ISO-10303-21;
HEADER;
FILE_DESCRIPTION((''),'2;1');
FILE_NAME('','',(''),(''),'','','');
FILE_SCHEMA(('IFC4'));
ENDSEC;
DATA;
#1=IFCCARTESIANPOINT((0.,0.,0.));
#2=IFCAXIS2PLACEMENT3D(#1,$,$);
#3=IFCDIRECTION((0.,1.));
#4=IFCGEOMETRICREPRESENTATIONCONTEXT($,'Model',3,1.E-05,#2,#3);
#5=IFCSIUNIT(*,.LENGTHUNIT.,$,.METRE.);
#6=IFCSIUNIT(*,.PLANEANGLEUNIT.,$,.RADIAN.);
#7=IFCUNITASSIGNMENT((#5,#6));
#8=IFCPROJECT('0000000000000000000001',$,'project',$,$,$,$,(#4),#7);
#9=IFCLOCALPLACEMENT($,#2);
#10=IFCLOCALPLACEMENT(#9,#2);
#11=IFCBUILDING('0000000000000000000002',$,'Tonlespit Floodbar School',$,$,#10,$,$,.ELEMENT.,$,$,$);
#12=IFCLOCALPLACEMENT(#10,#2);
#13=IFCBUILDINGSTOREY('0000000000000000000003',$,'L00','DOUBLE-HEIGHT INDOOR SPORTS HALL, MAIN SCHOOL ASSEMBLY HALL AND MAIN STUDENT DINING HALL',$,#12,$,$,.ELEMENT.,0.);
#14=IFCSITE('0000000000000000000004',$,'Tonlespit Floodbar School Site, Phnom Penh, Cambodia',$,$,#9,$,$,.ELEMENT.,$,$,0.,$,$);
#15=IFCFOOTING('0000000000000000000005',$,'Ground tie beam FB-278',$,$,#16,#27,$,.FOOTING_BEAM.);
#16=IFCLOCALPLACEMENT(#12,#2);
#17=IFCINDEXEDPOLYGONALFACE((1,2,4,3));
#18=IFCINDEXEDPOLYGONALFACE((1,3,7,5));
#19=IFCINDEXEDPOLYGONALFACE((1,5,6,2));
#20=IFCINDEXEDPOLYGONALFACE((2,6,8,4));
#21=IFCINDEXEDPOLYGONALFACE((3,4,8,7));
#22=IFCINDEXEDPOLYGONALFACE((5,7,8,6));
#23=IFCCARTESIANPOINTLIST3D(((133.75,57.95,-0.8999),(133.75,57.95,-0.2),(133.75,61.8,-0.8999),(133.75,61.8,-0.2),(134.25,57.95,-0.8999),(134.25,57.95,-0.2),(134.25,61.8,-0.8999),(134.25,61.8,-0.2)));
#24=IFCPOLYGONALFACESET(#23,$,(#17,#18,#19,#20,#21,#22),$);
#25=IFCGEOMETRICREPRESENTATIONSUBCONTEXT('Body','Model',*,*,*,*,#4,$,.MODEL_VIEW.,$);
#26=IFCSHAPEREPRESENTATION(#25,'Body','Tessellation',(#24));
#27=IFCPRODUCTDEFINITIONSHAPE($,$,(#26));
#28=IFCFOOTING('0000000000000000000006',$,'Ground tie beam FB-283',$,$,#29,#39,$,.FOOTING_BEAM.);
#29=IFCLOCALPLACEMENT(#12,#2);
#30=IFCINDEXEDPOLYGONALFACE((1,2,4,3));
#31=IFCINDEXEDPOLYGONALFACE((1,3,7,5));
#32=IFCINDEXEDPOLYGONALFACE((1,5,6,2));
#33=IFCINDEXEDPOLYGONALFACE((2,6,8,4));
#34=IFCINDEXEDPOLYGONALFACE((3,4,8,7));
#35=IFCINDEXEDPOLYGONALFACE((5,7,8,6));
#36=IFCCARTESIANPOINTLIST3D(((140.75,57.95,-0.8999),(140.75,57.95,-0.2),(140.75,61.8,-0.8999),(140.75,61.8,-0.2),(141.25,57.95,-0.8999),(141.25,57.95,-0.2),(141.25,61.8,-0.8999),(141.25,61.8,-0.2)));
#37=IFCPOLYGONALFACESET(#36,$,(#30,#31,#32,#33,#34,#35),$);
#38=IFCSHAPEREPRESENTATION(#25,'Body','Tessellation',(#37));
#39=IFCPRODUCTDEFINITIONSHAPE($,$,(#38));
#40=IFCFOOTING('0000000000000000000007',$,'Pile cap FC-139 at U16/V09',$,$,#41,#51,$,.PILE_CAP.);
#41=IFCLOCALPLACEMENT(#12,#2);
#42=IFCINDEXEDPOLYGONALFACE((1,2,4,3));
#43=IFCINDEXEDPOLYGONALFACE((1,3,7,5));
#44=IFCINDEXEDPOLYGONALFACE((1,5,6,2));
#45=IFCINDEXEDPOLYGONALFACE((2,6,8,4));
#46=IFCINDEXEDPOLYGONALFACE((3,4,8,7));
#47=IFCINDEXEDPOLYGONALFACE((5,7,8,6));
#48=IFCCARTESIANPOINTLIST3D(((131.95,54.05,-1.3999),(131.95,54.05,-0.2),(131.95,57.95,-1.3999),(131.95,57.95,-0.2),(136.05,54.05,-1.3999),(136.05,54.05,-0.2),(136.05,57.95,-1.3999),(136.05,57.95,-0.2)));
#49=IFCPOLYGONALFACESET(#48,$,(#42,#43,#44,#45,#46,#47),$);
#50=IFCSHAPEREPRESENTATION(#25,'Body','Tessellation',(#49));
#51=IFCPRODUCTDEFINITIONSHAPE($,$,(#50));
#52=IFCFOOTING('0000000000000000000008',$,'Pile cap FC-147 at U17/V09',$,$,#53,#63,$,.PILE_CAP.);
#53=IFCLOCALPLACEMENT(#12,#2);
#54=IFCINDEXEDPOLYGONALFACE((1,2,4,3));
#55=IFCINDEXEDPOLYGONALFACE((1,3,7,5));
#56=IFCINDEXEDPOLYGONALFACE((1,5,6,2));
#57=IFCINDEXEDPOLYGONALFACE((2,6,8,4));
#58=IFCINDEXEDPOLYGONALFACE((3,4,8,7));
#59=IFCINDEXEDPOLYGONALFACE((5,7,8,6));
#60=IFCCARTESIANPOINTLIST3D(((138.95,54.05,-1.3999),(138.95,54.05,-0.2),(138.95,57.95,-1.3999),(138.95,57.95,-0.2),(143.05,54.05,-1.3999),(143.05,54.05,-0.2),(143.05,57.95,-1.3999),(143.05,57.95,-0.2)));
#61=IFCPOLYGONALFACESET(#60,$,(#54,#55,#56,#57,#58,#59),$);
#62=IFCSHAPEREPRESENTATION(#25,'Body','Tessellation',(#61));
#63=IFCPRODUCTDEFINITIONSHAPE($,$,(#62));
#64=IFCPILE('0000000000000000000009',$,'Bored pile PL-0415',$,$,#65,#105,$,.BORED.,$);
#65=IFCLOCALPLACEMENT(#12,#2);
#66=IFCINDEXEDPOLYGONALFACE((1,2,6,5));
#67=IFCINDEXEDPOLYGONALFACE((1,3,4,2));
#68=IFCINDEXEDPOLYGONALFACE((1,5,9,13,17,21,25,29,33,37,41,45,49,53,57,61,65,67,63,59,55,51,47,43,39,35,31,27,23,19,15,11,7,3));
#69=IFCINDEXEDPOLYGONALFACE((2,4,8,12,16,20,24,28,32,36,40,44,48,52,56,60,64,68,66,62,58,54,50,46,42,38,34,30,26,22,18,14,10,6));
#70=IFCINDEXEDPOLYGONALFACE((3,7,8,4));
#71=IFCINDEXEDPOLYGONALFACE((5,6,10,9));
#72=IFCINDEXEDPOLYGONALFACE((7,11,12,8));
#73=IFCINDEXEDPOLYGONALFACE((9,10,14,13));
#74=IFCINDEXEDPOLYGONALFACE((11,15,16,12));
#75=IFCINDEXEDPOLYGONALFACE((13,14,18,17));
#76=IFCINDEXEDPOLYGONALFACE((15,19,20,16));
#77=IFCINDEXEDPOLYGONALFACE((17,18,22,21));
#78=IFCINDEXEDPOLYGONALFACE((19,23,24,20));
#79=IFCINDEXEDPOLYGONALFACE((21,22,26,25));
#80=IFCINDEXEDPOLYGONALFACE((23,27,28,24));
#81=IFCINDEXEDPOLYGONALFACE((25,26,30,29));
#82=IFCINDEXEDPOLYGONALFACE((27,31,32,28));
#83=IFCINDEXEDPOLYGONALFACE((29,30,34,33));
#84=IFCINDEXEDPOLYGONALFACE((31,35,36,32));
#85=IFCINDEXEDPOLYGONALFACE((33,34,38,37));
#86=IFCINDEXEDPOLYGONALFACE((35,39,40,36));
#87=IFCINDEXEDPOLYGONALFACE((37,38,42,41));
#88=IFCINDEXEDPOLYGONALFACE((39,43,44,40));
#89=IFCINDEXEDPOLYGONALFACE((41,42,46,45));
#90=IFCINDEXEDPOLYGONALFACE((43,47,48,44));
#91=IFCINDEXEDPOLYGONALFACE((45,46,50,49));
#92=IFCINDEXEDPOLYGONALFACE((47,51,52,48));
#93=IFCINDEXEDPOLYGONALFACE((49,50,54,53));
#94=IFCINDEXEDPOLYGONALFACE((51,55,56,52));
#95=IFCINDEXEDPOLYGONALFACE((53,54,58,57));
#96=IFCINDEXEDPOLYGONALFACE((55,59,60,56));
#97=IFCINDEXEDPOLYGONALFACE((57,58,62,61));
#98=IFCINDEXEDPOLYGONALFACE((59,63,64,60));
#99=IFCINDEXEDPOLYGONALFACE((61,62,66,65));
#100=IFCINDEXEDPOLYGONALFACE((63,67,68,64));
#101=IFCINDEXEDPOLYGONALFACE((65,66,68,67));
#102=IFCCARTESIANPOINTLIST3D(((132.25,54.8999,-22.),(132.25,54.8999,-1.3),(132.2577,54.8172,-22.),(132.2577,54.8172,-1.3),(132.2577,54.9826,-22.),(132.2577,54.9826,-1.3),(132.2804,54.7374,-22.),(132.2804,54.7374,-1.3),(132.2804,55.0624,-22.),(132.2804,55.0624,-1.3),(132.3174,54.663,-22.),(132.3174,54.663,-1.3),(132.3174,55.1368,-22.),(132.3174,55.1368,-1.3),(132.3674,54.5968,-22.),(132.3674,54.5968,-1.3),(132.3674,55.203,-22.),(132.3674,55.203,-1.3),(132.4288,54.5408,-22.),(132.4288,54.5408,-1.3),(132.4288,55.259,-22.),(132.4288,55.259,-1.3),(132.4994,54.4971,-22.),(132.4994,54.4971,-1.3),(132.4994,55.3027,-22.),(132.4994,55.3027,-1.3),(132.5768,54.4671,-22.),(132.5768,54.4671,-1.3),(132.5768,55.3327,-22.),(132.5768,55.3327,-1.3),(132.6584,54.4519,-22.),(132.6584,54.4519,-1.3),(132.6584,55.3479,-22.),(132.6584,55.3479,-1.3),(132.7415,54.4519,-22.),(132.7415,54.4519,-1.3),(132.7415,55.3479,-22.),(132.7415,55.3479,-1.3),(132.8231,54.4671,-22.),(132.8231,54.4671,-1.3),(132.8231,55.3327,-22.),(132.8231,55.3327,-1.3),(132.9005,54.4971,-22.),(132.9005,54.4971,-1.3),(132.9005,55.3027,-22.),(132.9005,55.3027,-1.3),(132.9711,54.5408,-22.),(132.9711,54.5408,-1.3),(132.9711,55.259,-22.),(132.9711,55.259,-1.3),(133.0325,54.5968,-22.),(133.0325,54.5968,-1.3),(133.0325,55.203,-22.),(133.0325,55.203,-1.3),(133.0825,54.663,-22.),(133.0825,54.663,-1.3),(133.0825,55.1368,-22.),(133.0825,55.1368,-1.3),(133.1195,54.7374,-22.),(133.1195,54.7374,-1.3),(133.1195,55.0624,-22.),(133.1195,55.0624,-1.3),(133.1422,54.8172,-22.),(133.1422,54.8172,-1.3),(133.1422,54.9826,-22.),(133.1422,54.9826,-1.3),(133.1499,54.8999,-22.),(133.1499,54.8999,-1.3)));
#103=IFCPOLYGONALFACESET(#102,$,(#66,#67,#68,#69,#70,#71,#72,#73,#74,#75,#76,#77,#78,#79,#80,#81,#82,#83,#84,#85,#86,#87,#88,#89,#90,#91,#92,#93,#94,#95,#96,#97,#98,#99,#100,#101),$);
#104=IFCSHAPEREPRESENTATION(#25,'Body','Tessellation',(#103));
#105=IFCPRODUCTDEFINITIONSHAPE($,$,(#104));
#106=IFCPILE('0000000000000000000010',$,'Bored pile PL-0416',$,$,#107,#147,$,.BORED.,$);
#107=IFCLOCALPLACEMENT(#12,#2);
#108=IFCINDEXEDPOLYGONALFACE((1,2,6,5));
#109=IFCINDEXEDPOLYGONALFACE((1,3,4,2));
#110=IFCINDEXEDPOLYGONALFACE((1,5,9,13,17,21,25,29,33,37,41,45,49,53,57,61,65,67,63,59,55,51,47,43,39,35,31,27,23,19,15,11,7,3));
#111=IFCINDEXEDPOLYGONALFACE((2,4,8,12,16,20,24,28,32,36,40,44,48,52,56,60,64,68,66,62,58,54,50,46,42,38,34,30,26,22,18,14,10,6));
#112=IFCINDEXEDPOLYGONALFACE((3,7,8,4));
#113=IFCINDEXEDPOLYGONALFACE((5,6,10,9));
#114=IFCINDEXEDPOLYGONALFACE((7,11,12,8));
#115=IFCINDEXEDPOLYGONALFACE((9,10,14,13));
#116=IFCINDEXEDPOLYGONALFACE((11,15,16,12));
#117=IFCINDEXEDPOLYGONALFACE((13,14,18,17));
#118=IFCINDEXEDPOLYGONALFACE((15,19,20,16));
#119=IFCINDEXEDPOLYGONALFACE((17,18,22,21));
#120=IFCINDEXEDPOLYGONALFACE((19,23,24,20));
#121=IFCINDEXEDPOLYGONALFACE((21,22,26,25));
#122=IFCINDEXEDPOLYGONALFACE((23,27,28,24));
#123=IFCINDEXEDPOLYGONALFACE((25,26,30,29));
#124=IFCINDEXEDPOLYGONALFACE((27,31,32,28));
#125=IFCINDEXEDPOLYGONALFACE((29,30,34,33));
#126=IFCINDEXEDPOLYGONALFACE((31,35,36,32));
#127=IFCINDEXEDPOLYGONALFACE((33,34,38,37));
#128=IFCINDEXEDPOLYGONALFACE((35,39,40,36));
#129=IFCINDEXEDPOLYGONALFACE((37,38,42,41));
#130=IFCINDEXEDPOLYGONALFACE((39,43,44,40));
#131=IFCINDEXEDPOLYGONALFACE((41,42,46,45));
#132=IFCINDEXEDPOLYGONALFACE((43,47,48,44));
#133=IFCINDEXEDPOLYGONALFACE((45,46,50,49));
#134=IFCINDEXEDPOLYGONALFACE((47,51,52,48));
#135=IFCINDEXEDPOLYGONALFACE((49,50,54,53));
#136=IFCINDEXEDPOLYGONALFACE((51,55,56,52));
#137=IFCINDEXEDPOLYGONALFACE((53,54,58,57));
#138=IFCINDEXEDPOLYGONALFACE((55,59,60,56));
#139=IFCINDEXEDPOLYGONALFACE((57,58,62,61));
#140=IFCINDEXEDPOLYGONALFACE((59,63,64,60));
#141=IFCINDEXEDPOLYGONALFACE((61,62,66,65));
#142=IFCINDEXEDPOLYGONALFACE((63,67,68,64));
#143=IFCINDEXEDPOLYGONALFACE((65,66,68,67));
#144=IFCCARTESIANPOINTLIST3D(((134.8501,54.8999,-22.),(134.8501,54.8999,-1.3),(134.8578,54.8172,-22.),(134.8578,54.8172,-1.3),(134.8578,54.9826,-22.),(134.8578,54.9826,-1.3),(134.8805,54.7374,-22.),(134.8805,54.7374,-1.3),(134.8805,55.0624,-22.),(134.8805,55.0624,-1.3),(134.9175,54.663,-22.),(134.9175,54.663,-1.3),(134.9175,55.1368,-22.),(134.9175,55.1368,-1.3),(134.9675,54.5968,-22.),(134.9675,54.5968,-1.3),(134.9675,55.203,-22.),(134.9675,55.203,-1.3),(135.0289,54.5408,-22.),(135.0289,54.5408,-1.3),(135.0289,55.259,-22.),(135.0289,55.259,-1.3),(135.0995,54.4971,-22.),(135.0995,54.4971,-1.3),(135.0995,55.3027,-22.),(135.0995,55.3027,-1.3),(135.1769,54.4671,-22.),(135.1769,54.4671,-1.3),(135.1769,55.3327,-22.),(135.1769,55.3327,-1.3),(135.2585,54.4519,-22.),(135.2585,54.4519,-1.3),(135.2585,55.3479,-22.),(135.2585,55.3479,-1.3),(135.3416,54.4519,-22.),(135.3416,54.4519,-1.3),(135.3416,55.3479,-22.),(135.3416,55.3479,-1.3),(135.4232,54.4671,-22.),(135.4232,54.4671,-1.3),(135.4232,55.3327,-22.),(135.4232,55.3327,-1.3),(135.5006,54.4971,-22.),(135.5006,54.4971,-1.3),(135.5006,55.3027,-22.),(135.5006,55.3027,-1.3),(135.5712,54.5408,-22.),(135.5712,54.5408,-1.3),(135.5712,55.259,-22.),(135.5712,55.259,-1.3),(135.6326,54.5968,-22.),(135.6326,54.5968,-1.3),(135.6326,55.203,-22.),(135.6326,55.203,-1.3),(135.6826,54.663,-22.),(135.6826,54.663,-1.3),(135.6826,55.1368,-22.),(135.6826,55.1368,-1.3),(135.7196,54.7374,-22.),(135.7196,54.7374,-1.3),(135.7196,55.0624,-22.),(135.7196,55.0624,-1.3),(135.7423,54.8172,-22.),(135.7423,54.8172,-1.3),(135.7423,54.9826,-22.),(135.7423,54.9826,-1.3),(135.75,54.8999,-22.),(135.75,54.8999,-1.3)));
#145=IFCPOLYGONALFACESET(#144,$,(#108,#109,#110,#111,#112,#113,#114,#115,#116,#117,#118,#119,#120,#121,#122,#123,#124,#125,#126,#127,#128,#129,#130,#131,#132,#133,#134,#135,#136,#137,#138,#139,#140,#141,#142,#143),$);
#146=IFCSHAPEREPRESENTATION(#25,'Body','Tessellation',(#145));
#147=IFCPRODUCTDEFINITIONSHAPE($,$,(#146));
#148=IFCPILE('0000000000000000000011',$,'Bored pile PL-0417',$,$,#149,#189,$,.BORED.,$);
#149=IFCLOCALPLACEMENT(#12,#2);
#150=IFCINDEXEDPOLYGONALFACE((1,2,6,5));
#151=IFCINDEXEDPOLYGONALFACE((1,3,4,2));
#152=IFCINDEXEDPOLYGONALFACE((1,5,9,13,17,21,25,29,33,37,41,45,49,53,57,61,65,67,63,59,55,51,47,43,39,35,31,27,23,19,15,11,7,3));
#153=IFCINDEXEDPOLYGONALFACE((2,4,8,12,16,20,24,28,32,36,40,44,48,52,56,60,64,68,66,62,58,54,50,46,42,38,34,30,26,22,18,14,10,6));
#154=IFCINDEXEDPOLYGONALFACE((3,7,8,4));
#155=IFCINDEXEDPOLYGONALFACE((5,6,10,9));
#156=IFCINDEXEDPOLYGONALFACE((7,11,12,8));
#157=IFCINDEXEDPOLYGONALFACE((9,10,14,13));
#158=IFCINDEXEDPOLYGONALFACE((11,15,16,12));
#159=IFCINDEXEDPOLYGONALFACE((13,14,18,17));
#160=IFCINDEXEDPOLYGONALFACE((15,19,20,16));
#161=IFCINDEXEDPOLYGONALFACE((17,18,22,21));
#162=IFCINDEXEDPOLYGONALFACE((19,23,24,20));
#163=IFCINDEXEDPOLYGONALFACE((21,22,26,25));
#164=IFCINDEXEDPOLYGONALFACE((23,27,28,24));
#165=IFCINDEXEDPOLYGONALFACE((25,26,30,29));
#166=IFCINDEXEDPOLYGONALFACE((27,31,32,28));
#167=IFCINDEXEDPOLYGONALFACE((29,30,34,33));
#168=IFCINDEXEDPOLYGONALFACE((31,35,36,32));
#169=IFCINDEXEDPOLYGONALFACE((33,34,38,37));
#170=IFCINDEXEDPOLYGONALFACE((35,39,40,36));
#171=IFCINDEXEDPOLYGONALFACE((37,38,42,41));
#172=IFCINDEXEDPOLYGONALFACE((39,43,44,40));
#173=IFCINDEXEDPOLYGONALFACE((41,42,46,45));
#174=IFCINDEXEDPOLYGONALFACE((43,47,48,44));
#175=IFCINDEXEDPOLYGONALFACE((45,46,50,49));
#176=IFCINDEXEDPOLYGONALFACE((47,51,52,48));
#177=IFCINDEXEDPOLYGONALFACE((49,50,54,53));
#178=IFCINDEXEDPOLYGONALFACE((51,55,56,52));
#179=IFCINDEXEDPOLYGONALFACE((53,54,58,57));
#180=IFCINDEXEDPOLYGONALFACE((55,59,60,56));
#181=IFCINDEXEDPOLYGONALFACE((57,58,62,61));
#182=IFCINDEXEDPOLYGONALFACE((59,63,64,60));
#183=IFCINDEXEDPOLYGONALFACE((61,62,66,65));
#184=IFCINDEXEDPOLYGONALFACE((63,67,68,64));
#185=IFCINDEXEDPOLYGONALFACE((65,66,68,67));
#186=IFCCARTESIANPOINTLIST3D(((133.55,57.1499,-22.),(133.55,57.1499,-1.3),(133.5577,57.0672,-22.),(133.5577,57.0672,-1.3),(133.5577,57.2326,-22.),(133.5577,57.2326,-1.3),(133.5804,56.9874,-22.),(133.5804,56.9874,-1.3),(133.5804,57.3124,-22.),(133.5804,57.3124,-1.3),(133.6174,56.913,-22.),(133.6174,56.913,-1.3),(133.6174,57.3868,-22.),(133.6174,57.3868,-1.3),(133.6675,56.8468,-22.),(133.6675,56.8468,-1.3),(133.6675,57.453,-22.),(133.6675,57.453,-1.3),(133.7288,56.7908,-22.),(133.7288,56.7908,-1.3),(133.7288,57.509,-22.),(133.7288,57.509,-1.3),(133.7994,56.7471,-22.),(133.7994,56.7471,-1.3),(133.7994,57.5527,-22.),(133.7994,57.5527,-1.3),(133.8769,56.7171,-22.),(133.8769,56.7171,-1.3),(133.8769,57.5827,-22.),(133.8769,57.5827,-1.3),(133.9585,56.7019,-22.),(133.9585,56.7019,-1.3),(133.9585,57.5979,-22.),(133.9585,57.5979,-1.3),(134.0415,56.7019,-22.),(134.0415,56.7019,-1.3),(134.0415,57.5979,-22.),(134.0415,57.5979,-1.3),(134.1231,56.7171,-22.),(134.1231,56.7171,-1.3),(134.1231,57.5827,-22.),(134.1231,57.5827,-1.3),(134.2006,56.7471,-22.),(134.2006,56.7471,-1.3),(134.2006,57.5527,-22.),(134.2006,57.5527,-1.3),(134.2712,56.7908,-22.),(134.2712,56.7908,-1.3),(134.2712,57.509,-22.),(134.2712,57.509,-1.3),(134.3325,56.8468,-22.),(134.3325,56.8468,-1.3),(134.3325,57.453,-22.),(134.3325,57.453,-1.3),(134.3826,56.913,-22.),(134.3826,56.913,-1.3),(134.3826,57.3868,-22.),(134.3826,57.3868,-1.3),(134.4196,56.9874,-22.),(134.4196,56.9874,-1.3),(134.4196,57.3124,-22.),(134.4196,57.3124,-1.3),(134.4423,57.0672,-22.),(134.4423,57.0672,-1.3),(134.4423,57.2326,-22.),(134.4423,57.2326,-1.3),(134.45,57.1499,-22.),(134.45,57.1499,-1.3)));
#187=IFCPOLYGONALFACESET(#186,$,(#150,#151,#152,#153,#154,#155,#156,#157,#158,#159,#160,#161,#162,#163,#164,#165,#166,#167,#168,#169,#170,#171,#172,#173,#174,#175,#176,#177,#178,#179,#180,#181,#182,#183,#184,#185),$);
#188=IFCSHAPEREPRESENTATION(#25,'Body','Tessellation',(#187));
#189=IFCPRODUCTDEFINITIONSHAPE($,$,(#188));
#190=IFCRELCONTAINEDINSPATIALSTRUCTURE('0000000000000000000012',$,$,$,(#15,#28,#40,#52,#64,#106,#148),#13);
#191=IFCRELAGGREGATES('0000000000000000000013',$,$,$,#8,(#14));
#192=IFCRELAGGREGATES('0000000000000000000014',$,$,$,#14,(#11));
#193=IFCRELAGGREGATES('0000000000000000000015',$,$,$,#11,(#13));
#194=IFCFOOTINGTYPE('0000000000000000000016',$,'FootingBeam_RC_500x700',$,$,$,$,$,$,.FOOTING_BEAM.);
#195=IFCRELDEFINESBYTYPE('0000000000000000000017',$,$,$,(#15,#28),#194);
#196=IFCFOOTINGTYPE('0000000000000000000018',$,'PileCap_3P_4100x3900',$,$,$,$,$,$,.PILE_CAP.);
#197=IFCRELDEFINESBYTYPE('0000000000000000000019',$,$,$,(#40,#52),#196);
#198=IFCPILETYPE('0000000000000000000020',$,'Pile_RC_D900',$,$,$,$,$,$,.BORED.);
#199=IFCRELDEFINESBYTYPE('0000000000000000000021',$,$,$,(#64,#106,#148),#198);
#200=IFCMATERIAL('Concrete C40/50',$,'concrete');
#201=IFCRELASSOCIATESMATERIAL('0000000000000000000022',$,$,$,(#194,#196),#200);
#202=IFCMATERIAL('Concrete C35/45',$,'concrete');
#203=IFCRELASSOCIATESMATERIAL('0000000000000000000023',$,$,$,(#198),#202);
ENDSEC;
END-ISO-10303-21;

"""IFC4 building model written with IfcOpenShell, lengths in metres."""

from ifc_helpers import new_model, si_unit, direction, frame, origin, origin_2d, place, context, subcontext, project, spatial, rectangle, circle, extrude, material, material_profile, profile_set, type_object, element, save


model = new_model("IFC4")

# Units and contexts
model_context = context("Model", 3, precision=1e-05, world=origin(), true_north=direction((0.0, 1.0)))
body_context = subcontext(model_context, "Body", "Model", "MODEL_VIEW")
ifc_project = project(units=[si_unit("LENGTHUNIT", "METRE"), si_unit("PLANEANGLEUNIT", "RADIAN")], contexts=[model_context])

# Site, building, storey
site_placement = place(None, origin())
site = spatial("IfcSite", under=ifc_project, at=site_placement, Name="Tonlespit Floodbar School Site, Phnom Penh, Cambodia", CompositionType="ELEMENT", RefElevation=0.0)
building_placement = place(site_placement, origin())
building = spatial("IfcBuilding", under=site, at=building_placement, Name="Tonlespit Floodbar School", CompositionType="ELEMENT")
storey_placement = place(building_placement, origin())
storey = spatial("IfcBuildingStorey", under=building, at=storey_placement, Name="L00", Description="DOUBLE-HEIGHT INDOOR SPORTS HALL, MAIN SCHOOL ASSEMBLY HALL AND MAIN STUDENT DINING HALL", CompositionType="ELEMENT", Elevation=0.0)

# Footings
ifc_material_1 = material(Name="Concrete C40/50", Category="concrete")
footing_type_1 = type_object("IfcFootingType", Name="FootingBeam_RC_500x700", PredefinedType="FOOTING_BEAM", material=ifc_material_1)
for number, where, z_axis, x_axis, name in (
    (1, (134.0, 59.875, -0.8999), (0.0, 0.0, 1.0), (0.0, 1.0, 0.0), "Ground tie beam FB-278"),
    (2, (141.0, 59.875, -0.8999), (0.0, 0.0, 1.0), (0.0, 1.0, 0.0), "Ground tie beam FB-283"),
):
    element("IfcFooting", number, at=place(storey_placement, frame(where, z_axis=z_axis, x_axis=x_axis)), inside=storey, type_object=footing_type_1, Name=name, PredefinedType="FOOTING_BEAM", context=body_context, shape_type="SweptSolid", body=[
        extrude(rectangle(XDim=3.8501, YDim=0.5, at=origin_2d()), origin(), (0.0, 0.0, 1.0), 0.7),
    ])
footing_type_2 = type_object("IfcFootingType", Name="PileCap_3P_4100x3900", PredefinedType="PILE_CAP", material=ifc_material_1)
for number, where, z_axis, x_axis, name in (
    (3, (134.0, 56.0, -1.3999), (0.0, 0.0, 1.0), (1.0, 0.0, 0.0), "Pile cap FC-139 at U16/V09"),
    (4, (141.0, 56.0, -1.3999), (0.0, 0.0, 1.0), (1.0, 0.0, 0.0), "Pile cap FC-147 at U17/V09"),
):
    element("IfcFooting", number, at=place(storey_placement, frame(where, z_axis=z_axis, x_axis=x_axis)), inside=storey, type_object=footing_type_2, Name=name, PredefinedType="PILE_CAP", context=body_context, shape_type="SweptSolid", body=[
        extrude(rectangle(XDim=4.1001, YDim=3.8999, at=origin_2d()), origin(), (0.0, 0.0, 1.0), 1.2),
    ])

# Piles
ifc_material_2 = material(Name="Concrete C35/45", Category="concrete")
ifc_material_profile_1 = material_profile(ifc_material_2, circle(Radius=0.45, at=origin_2d()), Name="BP D900")
ifc_profile_set_1 = profile_set([ifc_material_profile_1], Name="Concrete C35/45")
pile_type = type_object("IfcPileType", Name="Pile_RC_D900", PredefinedType="BORED", material=ifc_profile_set_1)
for number, where, z_axis, x_axis, name in (
    (5, (132.7, 54.8999, -1.3), (0.0, 0.0, -1.0), (1.0, 0.0, 0.0), "Bored pile PL-0415"),
    (6, (135.3, 54.8999, -1.3), (0.0, 0.0, -1.0), (1.0, 0.0, 0.0), "Bored pile PL-0416"),
    (7, (134.0, 57.1499, -1.3), (0.0, 0.0, -1.0), (1.0, 0.0, 0.0), "Bored pile PL-0417"),
):
    element("IfcPile", number, at=place(storey_placement, frame(where, z_axis=z_axis, x_axis=x_axis)), inside=storey, type_object=pile_type, Name=name, PredefinedType="BORED", context=body_context, shape_type="SweptSolid", body=[
        extrude(circle(Radius=0.45, at=origin_2d()), origin(), (0.0, 0.0, 1.0), 20.7),
    ])

save(model, "model.ifc")
